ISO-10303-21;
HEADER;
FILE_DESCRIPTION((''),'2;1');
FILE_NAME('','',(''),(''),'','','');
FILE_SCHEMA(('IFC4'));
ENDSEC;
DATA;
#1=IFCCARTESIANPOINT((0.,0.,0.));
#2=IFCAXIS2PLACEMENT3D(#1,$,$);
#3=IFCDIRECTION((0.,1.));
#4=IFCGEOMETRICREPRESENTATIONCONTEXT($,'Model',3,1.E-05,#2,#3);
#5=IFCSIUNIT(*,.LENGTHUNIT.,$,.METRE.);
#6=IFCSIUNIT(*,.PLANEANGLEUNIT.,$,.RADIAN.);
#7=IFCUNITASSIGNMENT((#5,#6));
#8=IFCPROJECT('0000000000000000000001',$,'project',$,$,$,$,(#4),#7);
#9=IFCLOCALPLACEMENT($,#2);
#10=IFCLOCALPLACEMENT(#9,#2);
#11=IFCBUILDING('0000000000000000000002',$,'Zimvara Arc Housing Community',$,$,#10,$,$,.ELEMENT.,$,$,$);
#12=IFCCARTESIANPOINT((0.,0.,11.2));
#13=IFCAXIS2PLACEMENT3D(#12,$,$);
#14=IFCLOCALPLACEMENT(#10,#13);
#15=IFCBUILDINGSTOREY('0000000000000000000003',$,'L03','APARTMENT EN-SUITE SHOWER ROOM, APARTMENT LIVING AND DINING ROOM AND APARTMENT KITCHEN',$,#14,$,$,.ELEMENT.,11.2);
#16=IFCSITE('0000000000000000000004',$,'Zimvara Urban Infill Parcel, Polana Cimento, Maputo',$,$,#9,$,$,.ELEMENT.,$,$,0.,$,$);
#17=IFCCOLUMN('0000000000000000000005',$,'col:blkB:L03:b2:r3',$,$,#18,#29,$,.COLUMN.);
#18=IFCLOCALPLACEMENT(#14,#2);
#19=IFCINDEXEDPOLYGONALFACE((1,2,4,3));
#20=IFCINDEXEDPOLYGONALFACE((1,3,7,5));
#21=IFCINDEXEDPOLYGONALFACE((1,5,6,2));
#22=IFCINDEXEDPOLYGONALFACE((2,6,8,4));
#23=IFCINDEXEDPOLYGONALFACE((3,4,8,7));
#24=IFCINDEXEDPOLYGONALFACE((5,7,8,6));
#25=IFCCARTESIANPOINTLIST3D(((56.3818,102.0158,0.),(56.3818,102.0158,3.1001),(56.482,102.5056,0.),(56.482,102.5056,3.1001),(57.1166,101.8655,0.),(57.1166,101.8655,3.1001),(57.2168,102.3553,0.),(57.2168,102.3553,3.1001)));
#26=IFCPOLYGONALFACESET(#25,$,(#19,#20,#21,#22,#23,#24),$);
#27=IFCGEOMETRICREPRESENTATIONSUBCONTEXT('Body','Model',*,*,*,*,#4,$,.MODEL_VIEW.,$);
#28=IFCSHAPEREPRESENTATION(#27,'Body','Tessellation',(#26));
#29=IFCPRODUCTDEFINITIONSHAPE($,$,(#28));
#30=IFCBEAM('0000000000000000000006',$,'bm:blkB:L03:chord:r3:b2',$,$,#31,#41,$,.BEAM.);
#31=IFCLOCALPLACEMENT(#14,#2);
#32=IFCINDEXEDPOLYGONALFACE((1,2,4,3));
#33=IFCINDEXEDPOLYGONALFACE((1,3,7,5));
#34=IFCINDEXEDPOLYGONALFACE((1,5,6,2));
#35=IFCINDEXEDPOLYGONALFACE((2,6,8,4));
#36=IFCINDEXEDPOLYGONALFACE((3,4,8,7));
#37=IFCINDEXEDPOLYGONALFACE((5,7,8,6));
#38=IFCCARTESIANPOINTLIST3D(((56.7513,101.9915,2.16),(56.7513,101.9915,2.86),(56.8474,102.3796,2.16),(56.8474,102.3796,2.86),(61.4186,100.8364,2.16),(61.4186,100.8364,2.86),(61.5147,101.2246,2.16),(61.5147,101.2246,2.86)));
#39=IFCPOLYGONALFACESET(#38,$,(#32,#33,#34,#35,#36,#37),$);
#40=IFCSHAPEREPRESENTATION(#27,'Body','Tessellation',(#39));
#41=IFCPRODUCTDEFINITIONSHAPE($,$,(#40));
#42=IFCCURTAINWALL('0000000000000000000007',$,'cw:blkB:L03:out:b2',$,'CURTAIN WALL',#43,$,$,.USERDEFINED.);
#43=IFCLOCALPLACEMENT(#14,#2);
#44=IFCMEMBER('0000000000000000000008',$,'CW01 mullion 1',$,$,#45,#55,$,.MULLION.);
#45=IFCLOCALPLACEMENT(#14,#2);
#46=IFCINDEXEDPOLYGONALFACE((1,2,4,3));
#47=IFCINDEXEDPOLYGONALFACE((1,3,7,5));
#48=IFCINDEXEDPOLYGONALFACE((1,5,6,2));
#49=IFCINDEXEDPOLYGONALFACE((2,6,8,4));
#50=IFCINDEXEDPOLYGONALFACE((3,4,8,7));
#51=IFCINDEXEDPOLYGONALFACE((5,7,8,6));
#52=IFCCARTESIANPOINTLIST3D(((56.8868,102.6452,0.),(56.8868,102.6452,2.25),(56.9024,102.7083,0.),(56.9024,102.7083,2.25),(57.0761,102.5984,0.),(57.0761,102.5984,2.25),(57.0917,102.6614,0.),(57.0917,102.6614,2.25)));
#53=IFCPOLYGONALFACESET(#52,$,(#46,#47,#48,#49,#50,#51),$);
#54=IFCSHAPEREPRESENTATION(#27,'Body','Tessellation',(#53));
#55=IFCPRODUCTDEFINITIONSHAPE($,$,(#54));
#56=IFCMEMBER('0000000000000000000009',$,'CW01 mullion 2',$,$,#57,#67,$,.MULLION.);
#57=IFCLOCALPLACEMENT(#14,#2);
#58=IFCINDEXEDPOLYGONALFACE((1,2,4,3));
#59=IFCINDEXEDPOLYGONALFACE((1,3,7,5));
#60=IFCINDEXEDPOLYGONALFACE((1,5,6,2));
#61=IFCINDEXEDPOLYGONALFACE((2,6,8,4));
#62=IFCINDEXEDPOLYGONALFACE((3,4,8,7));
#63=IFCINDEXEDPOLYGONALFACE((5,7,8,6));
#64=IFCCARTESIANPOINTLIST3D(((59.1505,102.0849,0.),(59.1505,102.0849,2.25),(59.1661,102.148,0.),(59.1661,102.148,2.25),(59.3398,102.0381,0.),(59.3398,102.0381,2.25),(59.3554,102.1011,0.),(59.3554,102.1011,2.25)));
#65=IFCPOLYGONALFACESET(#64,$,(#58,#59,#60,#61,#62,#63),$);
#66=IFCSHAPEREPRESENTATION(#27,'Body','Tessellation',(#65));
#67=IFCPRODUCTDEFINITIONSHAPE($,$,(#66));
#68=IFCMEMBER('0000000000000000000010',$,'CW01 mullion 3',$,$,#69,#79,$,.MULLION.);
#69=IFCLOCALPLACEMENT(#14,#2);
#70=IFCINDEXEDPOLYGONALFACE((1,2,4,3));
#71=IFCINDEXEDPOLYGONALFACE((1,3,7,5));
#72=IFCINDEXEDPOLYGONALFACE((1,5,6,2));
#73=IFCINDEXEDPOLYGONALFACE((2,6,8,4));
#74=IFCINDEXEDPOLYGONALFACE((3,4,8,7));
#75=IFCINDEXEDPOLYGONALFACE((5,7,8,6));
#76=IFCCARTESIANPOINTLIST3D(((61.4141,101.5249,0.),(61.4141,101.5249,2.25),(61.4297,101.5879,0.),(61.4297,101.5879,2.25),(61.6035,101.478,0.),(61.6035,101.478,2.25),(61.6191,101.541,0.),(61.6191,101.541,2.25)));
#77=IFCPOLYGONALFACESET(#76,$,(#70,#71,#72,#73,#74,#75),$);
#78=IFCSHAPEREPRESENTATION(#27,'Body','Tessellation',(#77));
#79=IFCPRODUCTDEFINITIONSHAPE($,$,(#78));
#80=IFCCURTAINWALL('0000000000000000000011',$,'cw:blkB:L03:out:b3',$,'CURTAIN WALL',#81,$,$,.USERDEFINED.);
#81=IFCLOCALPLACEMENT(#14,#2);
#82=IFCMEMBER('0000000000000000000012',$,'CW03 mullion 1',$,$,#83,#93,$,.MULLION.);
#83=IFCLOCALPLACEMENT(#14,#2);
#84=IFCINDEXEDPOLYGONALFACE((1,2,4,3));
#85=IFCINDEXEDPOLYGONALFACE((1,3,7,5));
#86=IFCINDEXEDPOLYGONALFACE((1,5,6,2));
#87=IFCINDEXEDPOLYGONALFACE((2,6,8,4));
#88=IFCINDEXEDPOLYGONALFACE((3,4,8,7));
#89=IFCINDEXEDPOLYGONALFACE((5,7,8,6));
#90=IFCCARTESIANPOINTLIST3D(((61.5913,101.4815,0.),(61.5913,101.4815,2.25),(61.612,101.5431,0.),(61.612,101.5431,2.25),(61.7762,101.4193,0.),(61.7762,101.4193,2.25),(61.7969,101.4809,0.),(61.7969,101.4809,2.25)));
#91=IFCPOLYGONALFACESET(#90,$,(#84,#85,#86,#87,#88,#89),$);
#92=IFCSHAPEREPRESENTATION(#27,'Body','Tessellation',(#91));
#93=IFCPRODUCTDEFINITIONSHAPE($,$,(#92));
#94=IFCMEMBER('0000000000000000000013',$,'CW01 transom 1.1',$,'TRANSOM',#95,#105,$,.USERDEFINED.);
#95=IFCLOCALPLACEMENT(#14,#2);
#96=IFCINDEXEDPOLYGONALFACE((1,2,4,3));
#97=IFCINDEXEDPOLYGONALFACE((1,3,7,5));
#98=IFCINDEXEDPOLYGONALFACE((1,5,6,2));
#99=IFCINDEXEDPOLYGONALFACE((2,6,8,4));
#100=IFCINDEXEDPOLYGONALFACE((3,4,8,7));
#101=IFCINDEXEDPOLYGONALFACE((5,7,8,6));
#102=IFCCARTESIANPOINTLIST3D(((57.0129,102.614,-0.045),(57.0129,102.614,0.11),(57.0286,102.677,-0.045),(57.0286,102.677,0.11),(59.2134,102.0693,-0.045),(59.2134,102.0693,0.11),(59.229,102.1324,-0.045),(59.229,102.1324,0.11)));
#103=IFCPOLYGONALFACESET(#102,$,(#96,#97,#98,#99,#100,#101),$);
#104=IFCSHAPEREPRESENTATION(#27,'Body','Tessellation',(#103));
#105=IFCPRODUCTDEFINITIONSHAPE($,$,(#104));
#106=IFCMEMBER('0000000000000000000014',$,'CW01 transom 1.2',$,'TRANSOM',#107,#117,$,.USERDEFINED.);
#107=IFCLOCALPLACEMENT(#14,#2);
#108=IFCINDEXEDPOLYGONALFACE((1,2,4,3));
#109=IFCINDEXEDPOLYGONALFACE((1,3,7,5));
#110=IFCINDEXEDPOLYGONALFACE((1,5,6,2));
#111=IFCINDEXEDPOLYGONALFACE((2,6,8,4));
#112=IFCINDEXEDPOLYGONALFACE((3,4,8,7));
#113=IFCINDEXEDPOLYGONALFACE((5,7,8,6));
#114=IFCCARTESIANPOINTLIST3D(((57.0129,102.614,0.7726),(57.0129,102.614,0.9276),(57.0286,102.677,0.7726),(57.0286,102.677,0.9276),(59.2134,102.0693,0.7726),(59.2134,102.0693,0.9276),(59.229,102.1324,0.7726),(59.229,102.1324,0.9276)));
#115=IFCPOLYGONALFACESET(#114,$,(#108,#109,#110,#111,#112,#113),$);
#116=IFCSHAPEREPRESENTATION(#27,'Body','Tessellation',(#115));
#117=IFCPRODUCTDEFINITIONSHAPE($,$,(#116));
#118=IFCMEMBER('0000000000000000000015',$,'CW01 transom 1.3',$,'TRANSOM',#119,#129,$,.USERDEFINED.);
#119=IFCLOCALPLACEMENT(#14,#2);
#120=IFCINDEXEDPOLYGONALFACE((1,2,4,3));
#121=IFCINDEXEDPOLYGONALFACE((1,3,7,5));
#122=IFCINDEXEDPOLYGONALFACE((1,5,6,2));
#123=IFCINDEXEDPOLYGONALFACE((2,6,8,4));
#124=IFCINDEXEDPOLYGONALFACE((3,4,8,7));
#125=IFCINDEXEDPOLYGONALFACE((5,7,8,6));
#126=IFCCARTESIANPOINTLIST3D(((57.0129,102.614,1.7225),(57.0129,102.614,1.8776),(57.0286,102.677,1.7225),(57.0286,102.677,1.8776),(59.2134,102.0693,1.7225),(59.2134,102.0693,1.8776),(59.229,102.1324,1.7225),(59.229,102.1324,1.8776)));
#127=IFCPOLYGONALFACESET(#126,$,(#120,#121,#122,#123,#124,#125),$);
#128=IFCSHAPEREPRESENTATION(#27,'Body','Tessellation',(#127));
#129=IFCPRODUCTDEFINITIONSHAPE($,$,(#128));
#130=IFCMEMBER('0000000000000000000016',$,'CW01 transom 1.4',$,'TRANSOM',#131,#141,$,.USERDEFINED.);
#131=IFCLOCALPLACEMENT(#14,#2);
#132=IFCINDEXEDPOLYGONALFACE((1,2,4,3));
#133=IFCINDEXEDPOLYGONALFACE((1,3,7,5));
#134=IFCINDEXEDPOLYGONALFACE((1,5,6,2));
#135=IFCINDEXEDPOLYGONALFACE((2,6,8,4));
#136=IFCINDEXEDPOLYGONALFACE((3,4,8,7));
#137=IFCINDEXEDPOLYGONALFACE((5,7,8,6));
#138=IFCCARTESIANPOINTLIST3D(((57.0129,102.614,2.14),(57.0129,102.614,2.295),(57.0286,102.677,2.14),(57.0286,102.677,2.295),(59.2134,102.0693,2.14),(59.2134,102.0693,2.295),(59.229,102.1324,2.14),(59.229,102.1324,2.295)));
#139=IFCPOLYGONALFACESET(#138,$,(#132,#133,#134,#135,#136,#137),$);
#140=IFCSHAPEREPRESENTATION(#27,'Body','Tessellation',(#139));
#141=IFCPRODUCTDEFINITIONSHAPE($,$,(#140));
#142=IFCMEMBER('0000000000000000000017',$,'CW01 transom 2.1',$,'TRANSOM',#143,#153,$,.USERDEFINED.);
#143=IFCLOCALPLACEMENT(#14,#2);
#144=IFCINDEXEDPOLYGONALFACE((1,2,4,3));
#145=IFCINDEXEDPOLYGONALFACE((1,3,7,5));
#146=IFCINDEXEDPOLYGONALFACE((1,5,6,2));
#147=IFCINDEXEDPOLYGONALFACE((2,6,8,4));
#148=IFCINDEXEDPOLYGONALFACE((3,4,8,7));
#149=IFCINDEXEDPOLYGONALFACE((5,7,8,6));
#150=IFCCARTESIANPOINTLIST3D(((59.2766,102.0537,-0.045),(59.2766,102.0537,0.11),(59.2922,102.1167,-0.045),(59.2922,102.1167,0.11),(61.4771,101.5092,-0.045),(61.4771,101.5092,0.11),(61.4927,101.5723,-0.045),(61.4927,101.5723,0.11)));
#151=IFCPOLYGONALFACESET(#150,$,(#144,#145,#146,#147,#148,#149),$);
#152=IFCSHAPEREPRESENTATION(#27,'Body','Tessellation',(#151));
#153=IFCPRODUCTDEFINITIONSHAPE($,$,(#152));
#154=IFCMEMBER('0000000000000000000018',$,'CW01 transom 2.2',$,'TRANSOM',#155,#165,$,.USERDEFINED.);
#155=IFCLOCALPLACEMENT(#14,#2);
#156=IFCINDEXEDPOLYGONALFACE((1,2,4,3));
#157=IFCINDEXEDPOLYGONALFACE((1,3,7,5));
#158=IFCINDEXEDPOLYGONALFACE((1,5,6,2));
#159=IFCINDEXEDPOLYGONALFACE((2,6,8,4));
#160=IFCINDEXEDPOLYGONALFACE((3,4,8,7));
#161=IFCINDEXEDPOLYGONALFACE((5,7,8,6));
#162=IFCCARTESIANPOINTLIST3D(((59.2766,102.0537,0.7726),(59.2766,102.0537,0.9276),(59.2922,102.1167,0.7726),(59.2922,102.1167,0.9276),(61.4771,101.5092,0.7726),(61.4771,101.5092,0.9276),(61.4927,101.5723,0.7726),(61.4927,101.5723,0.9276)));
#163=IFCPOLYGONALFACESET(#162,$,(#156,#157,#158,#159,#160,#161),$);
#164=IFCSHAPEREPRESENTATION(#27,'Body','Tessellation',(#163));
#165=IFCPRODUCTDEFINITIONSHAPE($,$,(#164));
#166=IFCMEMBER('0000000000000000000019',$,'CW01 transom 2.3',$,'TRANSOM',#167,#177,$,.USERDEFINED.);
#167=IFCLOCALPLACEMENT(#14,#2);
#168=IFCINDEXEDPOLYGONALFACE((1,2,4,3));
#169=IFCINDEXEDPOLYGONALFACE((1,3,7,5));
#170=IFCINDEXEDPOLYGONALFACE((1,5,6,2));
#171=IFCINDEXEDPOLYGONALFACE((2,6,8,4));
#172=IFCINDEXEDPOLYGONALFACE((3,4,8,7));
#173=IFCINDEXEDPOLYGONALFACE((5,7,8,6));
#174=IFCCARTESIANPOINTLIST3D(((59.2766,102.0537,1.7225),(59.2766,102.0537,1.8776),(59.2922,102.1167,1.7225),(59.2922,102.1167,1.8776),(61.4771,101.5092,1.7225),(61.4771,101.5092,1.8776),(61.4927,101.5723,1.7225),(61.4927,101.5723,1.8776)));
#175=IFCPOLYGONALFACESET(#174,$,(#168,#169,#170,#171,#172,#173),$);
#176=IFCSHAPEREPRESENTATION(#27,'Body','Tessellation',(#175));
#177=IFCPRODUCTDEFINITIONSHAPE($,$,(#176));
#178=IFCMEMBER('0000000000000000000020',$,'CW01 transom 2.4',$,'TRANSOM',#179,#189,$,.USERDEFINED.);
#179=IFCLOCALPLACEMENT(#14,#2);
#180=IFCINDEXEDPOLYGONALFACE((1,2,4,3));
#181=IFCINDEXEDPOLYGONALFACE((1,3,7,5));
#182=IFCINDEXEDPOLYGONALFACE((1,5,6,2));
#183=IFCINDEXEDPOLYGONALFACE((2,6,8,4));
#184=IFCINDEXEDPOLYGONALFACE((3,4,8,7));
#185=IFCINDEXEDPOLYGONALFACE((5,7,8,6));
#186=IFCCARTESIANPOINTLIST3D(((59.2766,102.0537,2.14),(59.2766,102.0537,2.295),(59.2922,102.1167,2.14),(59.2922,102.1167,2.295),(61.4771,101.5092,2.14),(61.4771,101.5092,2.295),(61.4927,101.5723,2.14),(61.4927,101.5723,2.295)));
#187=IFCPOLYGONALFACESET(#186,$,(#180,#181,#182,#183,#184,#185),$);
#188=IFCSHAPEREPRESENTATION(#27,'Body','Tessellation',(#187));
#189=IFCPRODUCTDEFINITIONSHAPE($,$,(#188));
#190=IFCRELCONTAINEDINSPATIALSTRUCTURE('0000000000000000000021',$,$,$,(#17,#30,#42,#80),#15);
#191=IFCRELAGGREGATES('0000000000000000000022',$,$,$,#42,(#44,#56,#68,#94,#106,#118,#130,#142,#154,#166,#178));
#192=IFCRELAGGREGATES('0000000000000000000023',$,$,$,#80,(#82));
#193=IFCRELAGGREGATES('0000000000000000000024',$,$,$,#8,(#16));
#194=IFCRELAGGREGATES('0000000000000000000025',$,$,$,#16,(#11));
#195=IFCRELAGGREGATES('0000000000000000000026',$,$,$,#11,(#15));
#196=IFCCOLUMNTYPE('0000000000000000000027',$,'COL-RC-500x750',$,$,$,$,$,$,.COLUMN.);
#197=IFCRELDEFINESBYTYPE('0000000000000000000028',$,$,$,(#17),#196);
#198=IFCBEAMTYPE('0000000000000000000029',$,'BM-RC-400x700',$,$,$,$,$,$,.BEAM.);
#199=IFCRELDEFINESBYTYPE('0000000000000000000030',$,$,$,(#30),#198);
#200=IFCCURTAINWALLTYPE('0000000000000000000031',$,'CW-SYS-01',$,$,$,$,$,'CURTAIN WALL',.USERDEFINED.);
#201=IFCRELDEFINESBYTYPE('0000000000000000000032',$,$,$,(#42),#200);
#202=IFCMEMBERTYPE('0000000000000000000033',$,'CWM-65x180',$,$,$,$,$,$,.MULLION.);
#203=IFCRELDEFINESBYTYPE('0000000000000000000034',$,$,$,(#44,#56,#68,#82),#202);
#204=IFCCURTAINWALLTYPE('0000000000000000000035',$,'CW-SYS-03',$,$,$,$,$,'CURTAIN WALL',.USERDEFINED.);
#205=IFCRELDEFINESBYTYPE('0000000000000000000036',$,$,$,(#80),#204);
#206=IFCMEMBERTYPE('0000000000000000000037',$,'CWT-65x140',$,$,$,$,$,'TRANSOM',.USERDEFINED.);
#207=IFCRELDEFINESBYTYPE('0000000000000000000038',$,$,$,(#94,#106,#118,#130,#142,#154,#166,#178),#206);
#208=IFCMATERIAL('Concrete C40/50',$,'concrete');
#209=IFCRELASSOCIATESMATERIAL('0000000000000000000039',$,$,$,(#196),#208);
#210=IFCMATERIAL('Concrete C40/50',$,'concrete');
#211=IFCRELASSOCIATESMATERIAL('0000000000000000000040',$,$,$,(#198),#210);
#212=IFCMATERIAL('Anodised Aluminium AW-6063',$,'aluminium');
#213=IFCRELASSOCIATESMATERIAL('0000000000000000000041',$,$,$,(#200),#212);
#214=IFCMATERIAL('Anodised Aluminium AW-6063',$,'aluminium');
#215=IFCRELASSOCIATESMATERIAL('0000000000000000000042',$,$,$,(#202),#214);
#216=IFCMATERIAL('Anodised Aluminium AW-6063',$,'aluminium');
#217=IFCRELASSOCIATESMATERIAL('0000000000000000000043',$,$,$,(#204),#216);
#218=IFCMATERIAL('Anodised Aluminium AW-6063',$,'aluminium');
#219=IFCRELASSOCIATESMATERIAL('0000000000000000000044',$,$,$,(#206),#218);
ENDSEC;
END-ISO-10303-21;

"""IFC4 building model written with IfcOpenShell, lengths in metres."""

from ifc_helpers import new_model, si_unit, direction, frame, origin, origin_2d, place, context, subcontext, project, spatial, rectangle, extrude, material, material_profile, profile_set, type_object, element, aggregate, save


model = new_model("IFC4")

# Units and contexts
model_context = context("Model", 3, precision=1e-05, world=origin(), true_north=direction((0.0, 1.0)))
body_context = subcontext(model_context, "Body", "Model", "MODEL_VIEW")
ifc_project = project(units=[si_unit("LENGTHUNIT", "METRE"), si_unit("PLANEANGLEUNIT", "RADIAN")], contexts=[model_context])

# Site, building, storey
site_placement = place(None, origin())
site = spatial("IfcSite", under=ifc_project, at=site_placement, Name="Zimvara Urban Infill Parcel, Polana Cimento, Maputo", CompositionType="ELEMENT", RefElevation=0.0)
building_placement = place(site_placement, origin())
building = spatial("IfcBuilding", under=site, at=building_placement, Name="Zimvara Arc Housing Community", CompositionType="ELEMENT")
storey_placement = place(building_placement, frame((0.0, 0.0, 11.2)))
storey = spatial("IfcBuildingStorey", under=building, at=storey_placement, Name="L03", Description="APARTMENT EN-SUITE SHOWER ROOM, APARTMENT LIVING AND DINING ROOM AND APARTMENT KITCHEN", CompositionType="ELEMENT", Elevation=11.2)

# Column
ifc_material_1 = material(Name="Concrete C40/50", Category="concrete")
ifc_material_profile_1 = material_profile(ifc_material_1, rectangle(XDim=0.5, YDim=0.75, at=origin_2d()), Name="RC 500x750")
ifc_profile_set_1 = profile_set([ifc_material_profile_1], Name="Concrete C40/50")
column_type = type_object("IfcColumnType", Name="COL-RC-500x750", PredefinedType="COLUMN", material=ifc_profile_set_1)
column_placement = place(storey_placement, frame((56.7993, 102.1855, 0.0), z_axis=(0.0, 0.0, 1.0), x_axis=(0.200394, 0.979715, 0.0)))
element("IfcColumn", 1, at=column_placement, inside=storey, type_object=column_type, Name="col:blkB:L03:b2:r3", PredefinedType="COLUMN", context=body_context, shape_type="SweptSolid", body=[
    extrude(rectangle(XDim=0.5, YDim=0.75, at=origin_2d()), origin(), (0.0, 0.0, 1.0), 3.1001),
])

# Beam
ifc_material_2 = material(Name="Concrete C40/50", Category="concrete")
ifc_material_profile_2 = material_profile(ifc_material_2, rectangle(XDim=0.3999, YDim=0.7, at=origin_2d()), Name="RC 400x700")
ifc_profile_set_2 = profile_set([ifc_material_profile_2], Name="Concrete C40/50")
beam_type = type_object("IfcBeamType", Name="BM-RC-400x700", PredefinedType="BEAM", material=ifc_profile_set_2)
beam_placement = place(storey_placement, frame((56.7993, 102.1855, 2.51), z_axis=(0.970716, -0.240229, 0.0), x_axis=(0.240229, 0.970716, 0.0)))
element("IfcBeam", 2, at=beam_placement, inside=storey, type_object=beam_type, Name="bm:blkB:L03:chord:r3:b2", PredefinedType="BEAM", context=body_context, shape_type="SweptSolid", body=[
    extrude(rectangle(XDim=0.3999, YDim=0.7, at=origin_2d()), origin(), (0.0, 0.0, 1.0), 4.8081),
])

# Curtain wall, members
ifc_material_3 = material(Name="Anodised Aluminium AW-6063", Category="aluminium")
curtain_wall_type_1 = type_object("IfcCurtainWallType", Name="CW-SYS-01", ElementType="CURTAIN WALL", PredefinedType="USERDEFINED", material=ifc_material_3)
curtain_wall_1_placement = place(storey_placement, origin())
curtain_wall_1 = element("IfcCurtainWall", 3, at=curtain_wall_1_placement, inside=storey, type_object=curtain_wall_type_1, Name="cw:blkB:L03:out:b2", ObjectType="CURTAIN WALL", PredefinedType="USERDEFINED")
ifc_material_4 = material(Name="Anodised Aluminium AW-6063", Category="aluminium")
ifc_material_profile_3 = material_profile(ifc_material_4, rectangle(XDim=0.0649, YDim=0.1951, at=origin_2d()), Name="ALU 65x195")
ifc_profile_set_3 = profile_set([ifc_material_profile_3], Name="Anodised Aluminium AW-6063")
member_type_1 = type_object("IfcMemberType", Name="CWM-65x180", PredefinedType="MULLION", material=ifc_profile_set_3)
member_1_placement = place(storey_placement, frame((56.9893, 102.6533, 0.0), z_axis=(0.0, 0.0, 1.0), x_axis=(0.24023, 0.970716, 0.0)))
member_1 = element("IfcMember", 4, at=member_1_placement, type_object=member_type_1, Name="CW01 mullion 1", PredefinedType="MULLION", context=body_context, shape_type="SweptSolid", body=[
    extrude(rectangle(XDim=0.0649, YDim=0.1951, at=origin_2d()), origin(), (0.0, 0.0, 1.0), 2.25),
])
member_2_placement = place(storey_placement, frame((59.2529, 102.093, 0.0), z_axis=(0.0, 0.0, 1.0), x_axis=(0.24023, 0.970716, 0.0)))
member_2 = element("IfcMember", 5, at=member_2_placement, type_object=member_type_1, Name="CW01 mullion 2", PredefinedType="MULLION", context=body_context, shape_type="SweptSolid", body=[
    extrude(rectangle(XDim=0.0649, YDim=0.1951, at=origin_2d()), origin(), (0.0, 0.0, 1.0), 2.25),
])
member_3_placement = place(storey_placement, frame((61.5166, 101.533, 0.0), z_axis=(0.0, 0.0, 1.0), x_axis=(0.24023, 0.970716, 0.0)))
member_3 = element("IfcMember", 6, at=member_3_placement, type_object=member_type_1, Name="CW01 mullion 3", PredefinedType="MULLION", context=body_context, shape_type="SweptSolid", body=[
    extrude(rectangle(XDim=0.0649, YDim=0.1951, at=origin_2d()), origin(), (0.0, 0.0, 1.0), 2.25),
])

# Curtain wall, member
ifc_material_5 = material(Name="Anodised Aluminium AW-6063", Category="aluminium")
curtain_wall_type_2 = type_object("IfcCurtainWallType", Name="CW-SYS-03", ElementType="CURTAIN WALL", PredefinedType="USERDEFINED", material=ifc_material_5)
curtain_wall_2_placement = place(storey_placement, origin())
curtain_wall_2 = element("IfcCurtainWall", 7, at=curtain_wall_2_placement, inside=storey, type_object=curtain_wall_type_2, Name="cw:blkB:L03:out:b3", ObjectType="CURTAIN WALL", PredefinedType="USERDEFINED")
member_4_placement = place(storey_placement, frame((61.6941, 101.4812, 0.0), z_axis=(0.0, 0.0, 1.0), x_axis=(0.318629, 0.94788, 0.0)))
member_4 = element("IfcMember", 8, at=member_4_placement, type_object=member_type_1, Name="CW03 mullion 1", PredefinedType="MULLION", context=body_context, shape_type="SweptSolid", body=[
    extrude(rectangle(XDim=0.0649, YDim=0.1951, at=origin_2d()), origin(), (0.0, 0.0, 1.0), 2.25),
])

# Members
ifc_material_6 = material(Name="Anodised Aluminium AW-6063", Category="aluminium")
ifc_material_profile_4 = material_profile(ifc_material_6, rectangle(XDim=0.0649, YDim=0.155, at=origin_2d()), Name="ALU 65x155")
ifc_profile_set_4 = profile_set([ifc_material_profile_4], Name="Anodised Aluminium AW-6063")
member_type_2 = type_object("IfcMemberType", Name="CWT-65x140", ElementType="TRANSOM", PredefinedType="USERDEFINED", material=ifc_profile_set_4)
member_5_placement = place(storey_placement, frame((57.0208, 102.6455, 0.0325), z_axis=(0.970704, -0.24028, 0.0), x_axis=(0.24028, 0.970704, 0.0)))
member_5 = element("IfcMember", 9, at=member_5_placement, type_object=member_type_2, Name="CW01 transom 1.1", ObjectType="TRANSOM", PredefinedType="USERDEFINED", context=body_context, shape_type="SweptSolid", body=[
    extrude(rectangle(XDim=0.0649, YDim=0.155, at=origin_2d()), origin(), (0.0, 0.0, 1.0), 2.2668),
])
member_6_placement = place(storey_placement, frame((57.0208, 102.6455, 0.8501), z_axis=(0.970704, -0.24028, 0.0), x_axis=(0.24028, 0.970704, 0.0)))
member_6 = element("IfcMember", 10, at=member_6_placement, type_object=member_type_2, Name="CW01 transom 1.2", ObjectType="TRANSOM", PredefinedType="USERDEFINED", context=body_context, shape_type="SweptSolid", body=[
    extrude(rectangle(XDim=0.0649, YDim=0.155, at=origin_2d()), origin(), (0.0, 0.0, 1.0), 2.2668),
])
member_7_placement = place(storey_placement, frame((57.0208, 102.6455, 1.8), z_axis=(0.970704, -0.24028, 0.0), x_axis=(0.24028, 0.970704, 0.0)))
member_7 = element("IfcMember", 11, at=member_7_placement, type_object=member_type_2, Name="CW01 transom 1.3", ObjectType="TRANSOM", PredefinedType="USERDEFINED", context=body_context, shape_type="SweptSolid", body=[
    extrude(rectangle(XDim=0.0649, YDim=0.155, at=origin_2d()), origin(), (0.0, 0.0, 1.0), 2.2668),
])
member_8_placement = place(storey_placement, frame((57.0208, 102.6455, 2.2175), z_axis=(0.970704, -0.24028, 0.0), x_axis=(0.24028, 0.970704, 0.0)))
member_8 = element("IfcMember", 12, at=member_8_placement, type_object=member_type_2, Name="CW01 transom 1.4", ObjectType="TRANSOM", PredefinedType="USERDEFINED", context=body_context, shape_type="SweptSolid", body=[
    extrude(rectangle(XDim=0.0649, YDim=0.155, at=origin_2d()), origin(), (0.0, 0.0, 1.0), 2.2668),
])
member_9_placement = place(storey_placement, frame((59.2844, 102.0852, 0.0325), z_axis=(0.970729, -0.240178, 0.0), x_axis=(0.240178, 0.970729, 0.0)))
member_9 = element("IfcMember", 13, at=member_9_placement, type_object=member_type_2, Name="CW01 transom 2.1", ObjectType="TRANSOM", PredefinedType="USERDEFINED", context=body_context, shape_type="SweptSolid", body=[
    extrude(rectangle(XDim=0.0649, YDim=0.155, at=origin_2d()), origin(), (0.0, 0.0, 1.0), 2.2668),
])
member_10_placement = place(storey_placement, frame((59.2844, 102.0852, 0.8501), z_axis=(0.970729, -0.240178, 0.0), x_axis=(0.240178, 0.970729, 0.0)))
member_10 = element("IfcMember", 14, at=member_10_placement, type_object=member_type_2, Name="CW01 transom 2.2", ObjectType="TRANSOM", PredefinedType="USERDEFINED", context=body_context, shape_type="SweptSolid", body=[
    extrude(rectangle(XDim=0.0649, YDim=0.155, at=origin_2d()), origin(), (0.0, 0.0, 1.0), 2.2668),
])
member_11_placement = place(storey_placement, frame((59.2844, 102.0852, 1.8), z_axis=(0.970729, -0.240178, 0.0), x_axis=(0.240178, 0.970729, 0.0)))
member_11 = element("IfcMember", 15, at=member_11_placement, type_object=member_type_2, Name="CW01 transom 2.3", ObjectType="TRANSOM", PredefinedType="USERDEFINED", context=body_context, shape_type="SweptSolid", body=[
    extrude(rectangle(XDim=0.0649, YDim=0.155, at=origin_2d()), origin(), (0.0, 0.0, 1.0), 2.2668),
])
member_12_placement = place(storey_placement, frame((59.2844, 102.0852, 2.2175), z_axis=(0.970729, -0.240178, 0.0), x_axis=(0.240178, 0.970729, 0.0)))
member_12 = element("IfcMember", 16, at=member_12_placement, type_object=member_type_2, Name="CW01 transom 2.4", ObjectType="TRANSOM", PredefinedType="USERDEFINED", context=body_context, shape_type="SweptSolid", body=[
    extrude(rectangle(XDim=0.0649, YDim=0.155, at=origin_2d()), origin(), (0.0, 0.0, 1.0), 2.2668),
])

aggregate(curtain_wall_1, [member_1, member_2, member_3, member_5, member_6, member_7, member_8, member_9, member_10, member_11, member_12])
aggregate(curtain_wall_2, [member_4])

save(model, "model.ifc")
